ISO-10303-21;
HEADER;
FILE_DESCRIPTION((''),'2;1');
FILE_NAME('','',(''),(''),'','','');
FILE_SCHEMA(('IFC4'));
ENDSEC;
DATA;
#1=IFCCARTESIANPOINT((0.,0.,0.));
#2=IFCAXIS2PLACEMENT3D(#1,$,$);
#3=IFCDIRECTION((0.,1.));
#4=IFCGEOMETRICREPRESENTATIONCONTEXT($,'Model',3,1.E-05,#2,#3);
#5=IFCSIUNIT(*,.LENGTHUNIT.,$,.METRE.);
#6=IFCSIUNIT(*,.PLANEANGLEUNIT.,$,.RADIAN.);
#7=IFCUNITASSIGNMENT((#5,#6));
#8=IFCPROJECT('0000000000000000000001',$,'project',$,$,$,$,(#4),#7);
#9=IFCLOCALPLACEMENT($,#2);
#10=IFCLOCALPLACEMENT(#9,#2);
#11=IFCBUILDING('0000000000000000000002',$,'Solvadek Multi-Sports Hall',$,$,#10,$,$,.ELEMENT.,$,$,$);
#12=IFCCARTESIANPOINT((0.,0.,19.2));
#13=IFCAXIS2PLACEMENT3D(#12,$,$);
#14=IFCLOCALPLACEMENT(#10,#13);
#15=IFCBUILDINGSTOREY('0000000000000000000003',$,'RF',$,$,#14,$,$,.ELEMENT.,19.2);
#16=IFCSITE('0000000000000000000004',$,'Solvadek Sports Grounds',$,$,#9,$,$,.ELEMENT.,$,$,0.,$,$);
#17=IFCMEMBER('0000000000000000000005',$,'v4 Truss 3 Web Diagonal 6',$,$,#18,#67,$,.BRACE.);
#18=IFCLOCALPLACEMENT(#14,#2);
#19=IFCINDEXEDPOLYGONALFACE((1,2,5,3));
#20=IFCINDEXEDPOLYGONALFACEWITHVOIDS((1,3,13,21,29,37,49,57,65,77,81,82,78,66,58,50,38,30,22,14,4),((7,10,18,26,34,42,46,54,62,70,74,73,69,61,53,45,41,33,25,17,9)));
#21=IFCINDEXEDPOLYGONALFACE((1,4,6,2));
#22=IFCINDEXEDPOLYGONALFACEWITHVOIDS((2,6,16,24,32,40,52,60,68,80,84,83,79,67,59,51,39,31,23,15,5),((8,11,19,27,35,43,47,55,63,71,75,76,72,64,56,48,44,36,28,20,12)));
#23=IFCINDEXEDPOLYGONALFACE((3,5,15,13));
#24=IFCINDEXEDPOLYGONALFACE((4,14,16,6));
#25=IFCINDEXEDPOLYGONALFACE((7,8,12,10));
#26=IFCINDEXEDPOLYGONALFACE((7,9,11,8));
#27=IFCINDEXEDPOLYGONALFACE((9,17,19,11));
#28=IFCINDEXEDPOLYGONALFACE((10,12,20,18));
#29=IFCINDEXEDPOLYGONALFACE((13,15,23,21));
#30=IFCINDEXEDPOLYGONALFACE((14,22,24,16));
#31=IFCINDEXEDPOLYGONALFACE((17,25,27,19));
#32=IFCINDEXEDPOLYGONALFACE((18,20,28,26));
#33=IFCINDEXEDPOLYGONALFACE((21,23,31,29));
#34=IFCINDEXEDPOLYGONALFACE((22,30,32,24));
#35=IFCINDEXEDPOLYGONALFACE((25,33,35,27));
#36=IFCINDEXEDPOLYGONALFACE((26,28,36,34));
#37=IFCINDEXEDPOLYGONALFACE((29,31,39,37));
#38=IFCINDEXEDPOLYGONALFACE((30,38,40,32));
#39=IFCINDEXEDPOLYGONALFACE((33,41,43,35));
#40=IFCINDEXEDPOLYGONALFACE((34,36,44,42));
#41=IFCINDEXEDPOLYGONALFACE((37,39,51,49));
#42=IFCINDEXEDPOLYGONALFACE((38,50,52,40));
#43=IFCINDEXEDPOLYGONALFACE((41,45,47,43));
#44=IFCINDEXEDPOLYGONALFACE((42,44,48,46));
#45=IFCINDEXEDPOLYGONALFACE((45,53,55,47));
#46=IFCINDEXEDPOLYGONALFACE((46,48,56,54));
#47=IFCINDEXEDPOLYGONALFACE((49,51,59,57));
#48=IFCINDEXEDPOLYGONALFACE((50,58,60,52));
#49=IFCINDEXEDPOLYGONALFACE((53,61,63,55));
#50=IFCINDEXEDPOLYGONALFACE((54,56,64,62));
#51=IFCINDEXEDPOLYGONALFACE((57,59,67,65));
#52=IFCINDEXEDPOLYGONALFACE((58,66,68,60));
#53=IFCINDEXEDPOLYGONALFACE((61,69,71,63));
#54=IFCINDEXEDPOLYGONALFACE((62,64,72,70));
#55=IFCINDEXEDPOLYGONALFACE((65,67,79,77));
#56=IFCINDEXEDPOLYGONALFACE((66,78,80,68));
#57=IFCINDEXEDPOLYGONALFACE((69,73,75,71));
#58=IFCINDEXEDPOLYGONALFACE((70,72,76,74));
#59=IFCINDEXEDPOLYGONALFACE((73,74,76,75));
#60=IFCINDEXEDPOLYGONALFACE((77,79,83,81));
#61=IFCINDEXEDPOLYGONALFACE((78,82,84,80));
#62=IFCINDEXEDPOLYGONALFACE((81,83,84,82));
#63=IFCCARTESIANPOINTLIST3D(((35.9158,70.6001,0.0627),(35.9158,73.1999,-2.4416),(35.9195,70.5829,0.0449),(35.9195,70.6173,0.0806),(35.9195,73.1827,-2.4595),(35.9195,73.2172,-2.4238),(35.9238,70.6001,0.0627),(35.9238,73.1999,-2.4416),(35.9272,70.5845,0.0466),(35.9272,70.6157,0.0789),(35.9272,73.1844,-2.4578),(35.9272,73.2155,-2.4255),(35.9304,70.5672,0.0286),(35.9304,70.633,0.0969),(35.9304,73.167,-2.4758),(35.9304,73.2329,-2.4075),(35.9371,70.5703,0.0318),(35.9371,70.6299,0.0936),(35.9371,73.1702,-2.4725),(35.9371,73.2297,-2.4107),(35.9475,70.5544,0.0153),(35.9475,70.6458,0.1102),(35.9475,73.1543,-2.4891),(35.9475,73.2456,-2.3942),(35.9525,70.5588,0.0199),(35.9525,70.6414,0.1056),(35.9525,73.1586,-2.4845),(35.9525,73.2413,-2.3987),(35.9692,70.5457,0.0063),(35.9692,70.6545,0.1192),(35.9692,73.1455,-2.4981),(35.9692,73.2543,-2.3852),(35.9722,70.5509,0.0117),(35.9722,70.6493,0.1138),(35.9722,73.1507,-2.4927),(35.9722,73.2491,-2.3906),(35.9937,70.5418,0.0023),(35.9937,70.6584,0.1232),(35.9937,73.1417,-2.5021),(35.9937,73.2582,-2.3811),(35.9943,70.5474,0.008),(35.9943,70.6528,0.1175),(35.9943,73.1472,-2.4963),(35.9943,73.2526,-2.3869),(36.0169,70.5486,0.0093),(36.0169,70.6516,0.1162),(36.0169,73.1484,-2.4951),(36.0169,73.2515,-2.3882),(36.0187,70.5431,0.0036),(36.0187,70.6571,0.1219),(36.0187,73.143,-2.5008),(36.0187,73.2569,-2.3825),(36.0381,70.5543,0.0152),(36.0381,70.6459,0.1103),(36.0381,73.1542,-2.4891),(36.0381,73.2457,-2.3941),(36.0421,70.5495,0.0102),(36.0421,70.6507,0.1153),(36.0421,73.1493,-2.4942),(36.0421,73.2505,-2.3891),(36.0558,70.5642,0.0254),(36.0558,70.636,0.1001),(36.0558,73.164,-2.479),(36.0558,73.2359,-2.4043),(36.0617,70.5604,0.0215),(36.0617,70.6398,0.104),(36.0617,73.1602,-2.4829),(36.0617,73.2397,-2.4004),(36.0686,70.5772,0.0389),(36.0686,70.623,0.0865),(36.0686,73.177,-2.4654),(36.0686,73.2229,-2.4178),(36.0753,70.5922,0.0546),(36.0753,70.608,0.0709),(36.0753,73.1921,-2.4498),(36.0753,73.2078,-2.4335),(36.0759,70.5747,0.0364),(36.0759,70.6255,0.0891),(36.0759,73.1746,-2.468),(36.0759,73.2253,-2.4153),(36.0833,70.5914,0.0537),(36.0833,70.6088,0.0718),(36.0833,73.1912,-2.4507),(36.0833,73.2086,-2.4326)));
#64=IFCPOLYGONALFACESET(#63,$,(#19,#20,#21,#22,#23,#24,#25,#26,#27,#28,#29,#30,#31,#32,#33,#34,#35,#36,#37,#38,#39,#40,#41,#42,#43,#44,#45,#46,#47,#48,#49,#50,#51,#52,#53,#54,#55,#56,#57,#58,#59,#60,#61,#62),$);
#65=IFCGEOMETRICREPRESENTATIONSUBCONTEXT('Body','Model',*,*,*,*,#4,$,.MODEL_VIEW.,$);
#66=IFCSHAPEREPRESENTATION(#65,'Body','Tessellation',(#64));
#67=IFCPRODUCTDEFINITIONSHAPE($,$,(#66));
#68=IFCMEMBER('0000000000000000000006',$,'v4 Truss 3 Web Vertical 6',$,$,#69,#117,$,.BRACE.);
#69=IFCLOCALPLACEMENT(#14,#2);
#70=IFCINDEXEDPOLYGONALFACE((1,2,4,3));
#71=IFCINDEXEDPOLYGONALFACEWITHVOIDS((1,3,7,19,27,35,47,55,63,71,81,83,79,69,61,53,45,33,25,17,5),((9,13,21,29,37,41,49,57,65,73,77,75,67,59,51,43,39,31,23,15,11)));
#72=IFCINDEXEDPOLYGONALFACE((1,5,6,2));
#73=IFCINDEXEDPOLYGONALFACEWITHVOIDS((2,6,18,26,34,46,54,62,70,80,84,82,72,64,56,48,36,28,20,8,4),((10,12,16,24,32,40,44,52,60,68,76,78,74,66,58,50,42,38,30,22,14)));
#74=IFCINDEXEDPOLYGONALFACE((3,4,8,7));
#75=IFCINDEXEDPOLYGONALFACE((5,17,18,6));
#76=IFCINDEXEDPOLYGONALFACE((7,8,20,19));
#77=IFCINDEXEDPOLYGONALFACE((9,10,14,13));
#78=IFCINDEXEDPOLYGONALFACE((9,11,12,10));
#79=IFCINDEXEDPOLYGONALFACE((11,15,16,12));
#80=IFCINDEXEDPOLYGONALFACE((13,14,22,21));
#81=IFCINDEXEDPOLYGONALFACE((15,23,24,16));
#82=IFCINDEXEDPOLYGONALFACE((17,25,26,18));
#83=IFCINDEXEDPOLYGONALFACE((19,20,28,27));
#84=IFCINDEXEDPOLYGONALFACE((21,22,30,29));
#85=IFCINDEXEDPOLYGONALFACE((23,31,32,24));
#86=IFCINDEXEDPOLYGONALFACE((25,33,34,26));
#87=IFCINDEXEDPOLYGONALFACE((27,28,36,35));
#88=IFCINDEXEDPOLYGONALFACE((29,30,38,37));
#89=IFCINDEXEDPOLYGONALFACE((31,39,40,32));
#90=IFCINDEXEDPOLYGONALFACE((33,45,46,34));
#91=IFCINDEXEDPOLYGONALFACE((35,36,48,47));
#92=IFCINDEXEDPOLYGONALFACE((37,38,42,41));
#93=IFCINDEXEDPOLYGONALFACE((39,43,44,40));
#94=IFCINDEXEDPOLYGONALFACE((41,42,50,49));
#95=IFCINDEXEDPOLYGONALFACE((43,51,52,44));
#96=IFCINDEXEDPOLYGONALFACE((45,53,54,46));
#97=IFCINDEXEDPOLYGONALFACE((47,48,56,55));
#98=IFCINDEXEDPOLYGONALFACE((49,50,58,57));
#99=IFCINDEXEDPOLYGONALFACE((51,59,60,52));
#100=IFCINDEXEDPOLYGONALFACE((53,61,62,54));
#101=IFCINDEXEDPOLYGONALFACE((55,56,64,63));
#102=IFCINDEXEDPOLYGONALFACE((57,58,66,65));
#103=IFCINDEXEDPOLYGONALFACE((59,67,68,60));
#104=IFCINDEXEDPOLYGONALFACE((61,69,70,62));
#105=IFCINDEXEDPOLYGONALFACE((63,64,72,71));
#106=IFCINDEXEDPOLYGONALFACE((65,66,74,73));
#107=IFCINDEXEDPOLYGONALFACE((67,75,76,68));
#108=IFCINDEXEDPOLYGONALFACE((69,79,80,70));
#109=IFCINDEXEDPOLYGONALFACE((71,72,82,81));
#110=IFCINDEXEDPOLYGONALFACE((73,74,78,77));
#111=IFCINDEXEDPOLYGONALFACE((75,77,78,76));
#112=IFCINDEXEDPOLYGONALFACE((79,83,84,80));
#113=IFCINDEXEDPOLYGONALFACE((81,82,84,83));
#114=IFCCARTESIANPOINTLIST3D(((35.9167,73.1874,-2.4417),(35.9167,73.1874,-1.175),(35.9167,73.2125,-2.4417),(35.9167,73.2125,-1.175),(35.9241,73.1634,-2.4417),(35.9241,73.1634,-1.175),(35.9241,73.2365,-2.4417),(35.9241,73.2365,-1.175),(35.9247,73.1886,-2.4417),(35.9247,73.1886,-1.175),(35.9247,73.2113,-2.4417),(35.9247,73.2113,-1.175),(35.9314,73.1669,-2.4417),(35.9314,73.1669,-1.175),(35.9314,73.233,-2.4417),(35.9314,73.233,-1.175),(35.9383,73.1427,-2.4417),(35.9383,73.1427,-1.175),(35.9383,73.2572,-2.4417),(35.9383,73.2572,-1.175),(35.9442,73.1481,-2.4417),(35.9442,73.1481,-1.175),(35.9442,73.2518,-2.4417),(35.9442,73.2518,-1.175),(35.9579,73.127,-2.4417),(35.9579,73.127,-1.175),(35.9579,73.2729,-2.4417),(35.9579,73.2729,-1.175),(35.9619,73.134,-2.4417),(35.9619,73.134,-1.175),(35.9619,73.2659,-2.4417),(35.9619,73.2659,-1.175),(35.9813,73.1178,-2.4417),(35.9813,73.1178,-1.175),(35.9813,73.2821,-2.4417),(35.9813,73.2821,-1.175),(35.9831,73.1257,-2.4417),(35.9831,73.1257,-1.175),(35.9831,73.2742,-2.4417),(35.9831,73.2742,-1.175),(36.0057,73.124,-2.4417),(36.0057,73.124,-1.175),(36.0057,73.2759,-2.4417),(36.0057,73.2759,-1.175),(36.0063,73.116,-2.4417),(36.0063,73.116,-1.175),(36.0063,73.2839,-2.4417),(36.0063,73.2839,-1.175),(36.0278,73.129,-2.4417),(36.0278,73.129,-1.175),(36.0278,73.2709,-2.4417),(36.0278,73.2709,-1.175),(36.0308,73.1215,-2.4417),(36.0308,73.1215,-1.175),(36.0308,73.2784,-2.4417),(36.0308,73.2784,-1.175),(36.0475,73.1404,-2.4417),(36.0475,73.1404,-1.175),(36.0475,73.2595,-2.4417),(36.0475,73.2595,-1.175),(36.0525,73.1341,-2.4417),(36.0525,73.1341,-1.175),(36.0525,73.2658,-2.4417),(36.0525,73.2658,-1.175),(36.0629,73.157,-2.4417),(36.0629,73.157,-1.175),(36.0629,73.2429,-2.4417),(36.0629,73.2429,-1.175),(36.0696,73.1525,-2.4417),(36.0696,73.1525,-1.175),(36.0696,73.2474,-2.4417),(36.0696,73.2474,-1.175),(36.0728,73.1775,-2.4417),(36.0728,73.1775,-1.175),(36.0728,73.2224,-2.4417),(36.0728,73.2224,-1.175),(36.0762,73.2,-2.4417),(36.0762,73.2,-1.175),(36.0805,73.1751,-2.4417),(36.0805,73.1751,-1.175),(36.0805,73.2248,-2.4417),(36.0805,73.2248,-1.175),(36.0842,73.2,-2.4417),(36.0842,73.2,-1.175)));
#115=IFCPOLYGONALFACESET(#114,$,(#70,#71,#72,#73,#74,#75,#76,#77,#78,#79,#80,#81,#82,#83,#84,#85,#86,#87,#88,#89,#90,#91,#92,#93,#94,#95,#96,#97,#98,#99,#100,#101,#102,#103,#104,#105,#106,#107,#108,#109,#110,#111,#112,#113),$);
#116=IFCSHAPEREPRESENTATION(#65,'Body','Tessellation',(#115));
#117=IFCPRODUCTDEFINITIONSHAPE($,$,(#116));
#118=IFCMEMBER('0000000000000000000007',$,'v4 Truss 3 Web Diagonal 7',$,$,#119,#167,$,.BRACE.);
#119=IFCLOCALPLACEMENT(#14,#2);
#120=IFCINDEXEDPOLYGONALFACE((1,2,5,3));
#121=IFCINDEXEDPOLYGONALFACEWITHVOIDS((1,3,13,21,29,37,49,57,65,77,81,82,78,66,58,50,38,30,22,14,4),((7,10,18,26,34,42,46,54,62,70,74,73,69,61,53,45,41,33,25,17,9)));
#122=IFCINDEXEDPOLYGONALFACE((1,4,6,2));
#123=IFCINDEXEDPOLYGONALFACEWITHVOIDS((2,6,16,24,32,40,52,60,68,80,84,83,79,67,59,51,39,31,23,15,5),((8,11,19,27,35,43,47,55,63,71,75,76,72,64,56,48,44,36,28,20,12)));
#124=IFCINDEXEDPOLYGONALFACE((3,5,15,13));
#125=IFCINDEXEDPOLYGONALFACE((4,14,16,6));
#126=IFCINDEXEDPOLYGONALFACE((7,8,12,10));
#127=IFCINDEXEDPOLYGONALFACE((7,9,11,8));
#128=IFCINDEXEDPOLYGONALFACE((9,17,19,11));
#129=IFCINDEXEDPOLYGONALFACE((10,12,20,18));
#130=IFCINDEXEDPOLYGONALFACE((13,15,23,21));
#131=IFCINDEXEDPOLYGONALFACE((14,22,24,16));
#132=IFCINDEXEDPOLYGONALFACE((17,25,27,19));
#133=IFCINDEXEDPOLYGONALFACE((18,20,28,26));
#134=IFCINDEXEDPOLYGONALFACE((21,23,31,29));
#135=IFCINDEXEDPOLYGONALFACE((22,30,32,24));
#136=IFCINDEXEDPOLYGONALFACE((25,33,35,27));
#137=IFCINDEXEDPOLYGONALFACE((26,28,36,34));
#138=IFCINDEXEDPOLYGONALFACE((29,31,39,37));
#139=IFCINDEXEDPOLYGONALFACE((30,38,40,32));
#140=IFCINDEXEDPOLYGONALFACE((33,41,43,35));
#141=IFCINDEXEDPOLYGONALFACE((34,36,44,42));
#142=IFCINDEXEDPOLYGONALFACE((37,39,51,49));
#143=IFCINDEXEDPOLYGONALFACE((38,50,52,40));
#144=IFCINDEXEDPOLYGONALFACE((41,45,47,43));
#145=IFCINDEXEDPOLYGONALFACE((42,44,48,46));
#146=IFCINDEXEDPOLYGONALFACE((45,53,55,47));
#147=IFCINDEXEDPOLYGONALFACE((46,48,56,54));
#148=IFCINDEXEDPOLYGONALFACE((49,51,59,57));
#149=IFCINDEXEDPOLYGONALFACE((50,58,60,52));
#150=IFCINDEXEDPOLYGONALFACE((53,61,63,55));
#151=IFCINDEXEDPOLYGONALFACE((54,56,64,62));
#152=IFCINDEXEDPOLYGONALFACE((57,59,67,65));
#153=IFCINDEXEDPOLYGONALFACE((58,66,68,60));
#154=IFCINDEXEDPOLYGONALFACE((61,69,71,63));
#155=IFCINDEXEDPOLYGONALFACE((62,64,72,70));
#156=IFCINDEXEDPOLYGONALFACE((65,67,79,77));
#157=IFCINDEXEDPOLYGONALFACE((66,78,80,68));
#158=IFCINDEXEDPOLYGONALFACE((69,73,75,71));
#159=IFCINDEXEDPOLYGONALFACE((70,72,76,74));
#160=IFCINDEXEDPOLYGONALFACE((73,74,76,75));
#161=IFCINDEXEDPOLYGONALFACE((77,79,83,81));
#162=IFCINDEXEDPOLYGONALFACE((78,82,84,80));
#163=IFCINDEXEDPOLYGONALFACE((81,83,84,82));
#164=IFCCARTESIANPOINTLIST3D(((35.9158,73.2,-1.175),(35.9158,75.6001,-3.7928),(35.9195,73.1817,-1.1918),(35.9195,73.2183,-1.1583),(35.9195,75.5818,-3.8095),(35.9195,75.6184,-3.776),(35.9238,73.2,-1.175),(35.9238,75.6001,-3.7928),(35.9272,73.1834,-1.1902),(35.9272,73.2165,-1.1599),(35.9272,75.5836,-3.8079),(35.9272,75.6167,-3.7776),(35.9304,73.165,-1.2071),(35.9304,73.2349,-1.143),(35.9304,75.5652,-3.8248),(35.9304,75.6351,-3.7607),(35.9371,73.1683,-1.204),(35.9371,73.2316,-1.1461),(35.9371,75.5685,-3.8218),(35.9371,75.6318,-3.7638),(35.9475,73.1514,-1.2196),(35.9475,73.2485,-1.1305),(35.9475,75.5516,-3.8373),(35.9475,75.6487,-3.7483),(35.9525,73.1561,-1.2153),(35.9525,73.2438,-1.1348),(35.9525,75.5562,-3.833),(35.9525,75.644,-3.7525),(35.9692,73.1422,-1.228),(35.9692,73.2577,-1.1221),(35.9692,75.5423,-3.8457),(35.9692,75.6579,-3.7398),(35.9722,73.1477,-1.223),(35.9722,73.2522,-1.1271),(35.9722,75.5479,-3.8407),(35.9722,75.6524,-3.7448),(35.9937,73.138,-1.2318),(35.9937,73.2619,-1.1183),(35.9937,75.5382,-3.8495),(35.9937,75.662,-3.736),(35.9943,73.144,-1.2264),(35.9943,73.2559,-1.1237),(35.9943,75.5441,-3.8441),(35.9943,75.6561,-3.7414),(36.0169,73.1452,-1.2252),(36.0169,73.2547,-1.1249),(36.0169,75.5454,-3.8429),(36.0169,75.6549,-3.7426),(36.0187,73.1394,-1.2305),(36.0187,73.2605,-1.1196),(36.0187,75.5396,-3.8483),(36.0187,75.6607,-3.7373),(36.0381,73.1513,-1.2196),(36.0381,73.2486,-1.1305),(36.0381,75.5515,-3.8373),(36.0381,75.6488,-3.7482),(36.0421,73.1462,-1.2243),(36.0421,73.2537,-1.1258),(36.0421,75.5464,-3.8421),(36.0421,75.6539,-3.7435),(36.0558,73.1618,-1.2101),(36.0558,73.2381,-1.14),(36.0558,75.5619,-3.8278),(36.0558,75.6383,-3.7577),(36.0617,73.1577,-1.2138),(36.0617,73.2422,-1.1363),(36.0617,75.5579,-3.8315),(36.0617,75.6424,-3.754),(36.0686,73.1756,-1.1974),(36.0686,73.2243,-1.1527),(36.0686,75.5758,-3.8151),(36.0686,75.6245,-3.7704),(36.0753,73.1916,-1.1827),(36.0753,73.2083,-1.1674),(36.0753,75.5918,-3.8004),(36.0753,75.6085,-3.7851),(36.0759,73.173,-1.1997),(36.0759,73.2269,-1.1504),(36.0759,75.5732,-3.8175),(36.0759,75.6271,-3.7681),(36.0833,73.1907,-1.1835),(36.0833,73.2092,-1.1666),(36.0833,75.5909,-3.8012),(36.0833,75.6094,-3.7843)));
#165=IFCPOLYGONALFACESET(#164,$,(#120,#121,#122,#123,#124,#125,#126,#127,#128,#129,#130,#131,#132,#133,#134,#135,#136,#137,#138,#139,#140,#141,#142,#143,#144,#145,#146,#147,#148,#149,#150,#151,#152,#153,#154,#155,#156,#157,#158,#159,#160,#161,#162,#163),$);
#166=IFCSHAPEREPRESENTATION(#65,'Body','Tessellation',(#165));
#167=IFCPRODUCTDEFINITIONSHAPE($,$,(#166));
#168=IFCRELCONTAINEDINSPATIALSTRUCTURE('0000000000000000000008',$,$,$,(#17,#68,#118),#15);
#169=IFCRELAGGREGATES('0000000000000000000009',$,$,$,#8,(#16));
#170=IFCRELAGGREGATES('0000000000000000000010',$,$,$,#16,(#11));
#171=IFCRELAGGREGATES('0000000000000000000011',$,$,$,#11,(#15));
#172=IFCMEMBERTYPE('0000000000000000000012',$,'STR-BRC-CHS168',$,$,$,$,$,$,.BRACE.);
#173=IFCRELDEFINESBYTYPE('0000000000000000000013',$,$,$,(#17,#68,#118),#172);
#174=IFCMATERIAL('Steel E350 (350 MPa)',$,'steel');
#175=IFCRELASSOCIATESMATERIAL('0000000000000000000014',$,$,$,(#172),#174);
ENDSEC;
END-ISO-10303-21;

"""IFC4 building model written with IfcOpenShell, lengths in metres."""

from ifc_helpers import new_model, si_unit, direction, frame, origin, origin_2d, place, context, subcontext, project, spatial, hollow_circle, extrude, material, material_profile, profile_set, type_object, element, save


model = new_model("IFC4")

# Units and contexts
model_context = context("Model", 3, precision=1e-05, world=origin(), true_north=direction((0.0, 1.0)))
body_context = subcontext(model_context, "Body", "Model", "MODEL_VIEW")
ifc_project = project(units=[si_unit("LENGTHUNIT", "METRE"), si_unit("PLANEANGLEUNIT", "RADIAN")], contexts=[model_context])

# Site, building, storey
site_placement = place(None, origin())
site = spatial("IfcSite", under=ifc_project, at=site_placement, Name="Solvadek Sports Grounds", CompositionType="ELEMENT", RefElevation=0.0)
building_placement = place(site_placement, origin())
building = spatial("IfcBuilding", under=site, at=building_placement, Name="Solvadek Multi-Sports Hall", CompositionType="ELEMENT")
storey_placement = place(building_placement, frame((0.0, 0.0, 19.2)))
storey = spatial("IfcBuildingStorey", under=building, at=storey_placement, Name="RF", CompositionType="ELEMENT", Elevation=19.2)

# Members
ifc_material_1 = material(Name="Steel E350 (350 MPa)", Category="steel")
ifc_material_profile_1 = material_profile(ifc_material_1, hollow_circle(Radius=0.0842, WallThickness=0.0081, at=origin_2d()), Name="CHS 168.3x8")
ifc_profile_set_1 = profile_set([ifc_material_profile_1], Name="Steel E350 (350 MPa)")
member_type_1 = type_object("IfcMemberType", Name="STR-BRC-CHS168", PredefinedType="BRACE", material=ifc_profile_set_1)
member_1_placement = place(storey_placement, frame((36.0, 70.6001, 0.0627), z_axis=(0.0, 0.720205, -0.693761), x_axis=(-1.0, 0.0, 0.0)))
element("IfcMember", 1, at=member_1_placement, inside=storey, type_object=member_type_1, Name="v4 Truss 3 Web Diagonal 6", PredefinedType="BRACE", context=body_context, shape_type="SweptSolid", body=[
    extrude(hollow_circle(Radius=0.0842, WallThickness=0.0081, at=origin_2d()), origin(), (0.0, 0.0, 1.0), 3.6099),
])
member_2_placement = place(storey_placement, frame((36.0, 73.2, -2.4417), z_axis=(0.0, 0.0, 1.0), x_axis=(1.0, 0.0, 0.0)))
element("IfcMember", 2, at=member_2_placement, inside=storey, type_object=member_type_1, Name="v4 Truss 3 Web Vertical 6", PredefinedType="BRACE", context=body_context, shape_type="SweptSolid", body=[
    extrude(hollow_circle(Radius=0.0842, WallThickness=0.0081, at=origin_2d()), origin(), (0.0, 0.0, 1.0), 1.2666),
])
member_3_placement = place(storey_placement, frame((36.0, 73.2, -1.175), z_axis=(0.0, 0.675818, -0.737069), x_axis=(-1.0, 0.0, 0.0)))
element("IfcMember", 3, at=member_3_placement, inside=storey, type_object=member_type_1, Name="v4 Truss 3 Web Diagonal 7", PredefinedType="BRACE", context=body_context, shape_type="SweptSolid", body=[
    extrude(hollow_circle(Radius=0.0842, WallThickness=0.0081, at=origin_2d()), origin(), (0.0, 0.0, 1.0), 3.5515),
])

save(model, "model.ifc")
